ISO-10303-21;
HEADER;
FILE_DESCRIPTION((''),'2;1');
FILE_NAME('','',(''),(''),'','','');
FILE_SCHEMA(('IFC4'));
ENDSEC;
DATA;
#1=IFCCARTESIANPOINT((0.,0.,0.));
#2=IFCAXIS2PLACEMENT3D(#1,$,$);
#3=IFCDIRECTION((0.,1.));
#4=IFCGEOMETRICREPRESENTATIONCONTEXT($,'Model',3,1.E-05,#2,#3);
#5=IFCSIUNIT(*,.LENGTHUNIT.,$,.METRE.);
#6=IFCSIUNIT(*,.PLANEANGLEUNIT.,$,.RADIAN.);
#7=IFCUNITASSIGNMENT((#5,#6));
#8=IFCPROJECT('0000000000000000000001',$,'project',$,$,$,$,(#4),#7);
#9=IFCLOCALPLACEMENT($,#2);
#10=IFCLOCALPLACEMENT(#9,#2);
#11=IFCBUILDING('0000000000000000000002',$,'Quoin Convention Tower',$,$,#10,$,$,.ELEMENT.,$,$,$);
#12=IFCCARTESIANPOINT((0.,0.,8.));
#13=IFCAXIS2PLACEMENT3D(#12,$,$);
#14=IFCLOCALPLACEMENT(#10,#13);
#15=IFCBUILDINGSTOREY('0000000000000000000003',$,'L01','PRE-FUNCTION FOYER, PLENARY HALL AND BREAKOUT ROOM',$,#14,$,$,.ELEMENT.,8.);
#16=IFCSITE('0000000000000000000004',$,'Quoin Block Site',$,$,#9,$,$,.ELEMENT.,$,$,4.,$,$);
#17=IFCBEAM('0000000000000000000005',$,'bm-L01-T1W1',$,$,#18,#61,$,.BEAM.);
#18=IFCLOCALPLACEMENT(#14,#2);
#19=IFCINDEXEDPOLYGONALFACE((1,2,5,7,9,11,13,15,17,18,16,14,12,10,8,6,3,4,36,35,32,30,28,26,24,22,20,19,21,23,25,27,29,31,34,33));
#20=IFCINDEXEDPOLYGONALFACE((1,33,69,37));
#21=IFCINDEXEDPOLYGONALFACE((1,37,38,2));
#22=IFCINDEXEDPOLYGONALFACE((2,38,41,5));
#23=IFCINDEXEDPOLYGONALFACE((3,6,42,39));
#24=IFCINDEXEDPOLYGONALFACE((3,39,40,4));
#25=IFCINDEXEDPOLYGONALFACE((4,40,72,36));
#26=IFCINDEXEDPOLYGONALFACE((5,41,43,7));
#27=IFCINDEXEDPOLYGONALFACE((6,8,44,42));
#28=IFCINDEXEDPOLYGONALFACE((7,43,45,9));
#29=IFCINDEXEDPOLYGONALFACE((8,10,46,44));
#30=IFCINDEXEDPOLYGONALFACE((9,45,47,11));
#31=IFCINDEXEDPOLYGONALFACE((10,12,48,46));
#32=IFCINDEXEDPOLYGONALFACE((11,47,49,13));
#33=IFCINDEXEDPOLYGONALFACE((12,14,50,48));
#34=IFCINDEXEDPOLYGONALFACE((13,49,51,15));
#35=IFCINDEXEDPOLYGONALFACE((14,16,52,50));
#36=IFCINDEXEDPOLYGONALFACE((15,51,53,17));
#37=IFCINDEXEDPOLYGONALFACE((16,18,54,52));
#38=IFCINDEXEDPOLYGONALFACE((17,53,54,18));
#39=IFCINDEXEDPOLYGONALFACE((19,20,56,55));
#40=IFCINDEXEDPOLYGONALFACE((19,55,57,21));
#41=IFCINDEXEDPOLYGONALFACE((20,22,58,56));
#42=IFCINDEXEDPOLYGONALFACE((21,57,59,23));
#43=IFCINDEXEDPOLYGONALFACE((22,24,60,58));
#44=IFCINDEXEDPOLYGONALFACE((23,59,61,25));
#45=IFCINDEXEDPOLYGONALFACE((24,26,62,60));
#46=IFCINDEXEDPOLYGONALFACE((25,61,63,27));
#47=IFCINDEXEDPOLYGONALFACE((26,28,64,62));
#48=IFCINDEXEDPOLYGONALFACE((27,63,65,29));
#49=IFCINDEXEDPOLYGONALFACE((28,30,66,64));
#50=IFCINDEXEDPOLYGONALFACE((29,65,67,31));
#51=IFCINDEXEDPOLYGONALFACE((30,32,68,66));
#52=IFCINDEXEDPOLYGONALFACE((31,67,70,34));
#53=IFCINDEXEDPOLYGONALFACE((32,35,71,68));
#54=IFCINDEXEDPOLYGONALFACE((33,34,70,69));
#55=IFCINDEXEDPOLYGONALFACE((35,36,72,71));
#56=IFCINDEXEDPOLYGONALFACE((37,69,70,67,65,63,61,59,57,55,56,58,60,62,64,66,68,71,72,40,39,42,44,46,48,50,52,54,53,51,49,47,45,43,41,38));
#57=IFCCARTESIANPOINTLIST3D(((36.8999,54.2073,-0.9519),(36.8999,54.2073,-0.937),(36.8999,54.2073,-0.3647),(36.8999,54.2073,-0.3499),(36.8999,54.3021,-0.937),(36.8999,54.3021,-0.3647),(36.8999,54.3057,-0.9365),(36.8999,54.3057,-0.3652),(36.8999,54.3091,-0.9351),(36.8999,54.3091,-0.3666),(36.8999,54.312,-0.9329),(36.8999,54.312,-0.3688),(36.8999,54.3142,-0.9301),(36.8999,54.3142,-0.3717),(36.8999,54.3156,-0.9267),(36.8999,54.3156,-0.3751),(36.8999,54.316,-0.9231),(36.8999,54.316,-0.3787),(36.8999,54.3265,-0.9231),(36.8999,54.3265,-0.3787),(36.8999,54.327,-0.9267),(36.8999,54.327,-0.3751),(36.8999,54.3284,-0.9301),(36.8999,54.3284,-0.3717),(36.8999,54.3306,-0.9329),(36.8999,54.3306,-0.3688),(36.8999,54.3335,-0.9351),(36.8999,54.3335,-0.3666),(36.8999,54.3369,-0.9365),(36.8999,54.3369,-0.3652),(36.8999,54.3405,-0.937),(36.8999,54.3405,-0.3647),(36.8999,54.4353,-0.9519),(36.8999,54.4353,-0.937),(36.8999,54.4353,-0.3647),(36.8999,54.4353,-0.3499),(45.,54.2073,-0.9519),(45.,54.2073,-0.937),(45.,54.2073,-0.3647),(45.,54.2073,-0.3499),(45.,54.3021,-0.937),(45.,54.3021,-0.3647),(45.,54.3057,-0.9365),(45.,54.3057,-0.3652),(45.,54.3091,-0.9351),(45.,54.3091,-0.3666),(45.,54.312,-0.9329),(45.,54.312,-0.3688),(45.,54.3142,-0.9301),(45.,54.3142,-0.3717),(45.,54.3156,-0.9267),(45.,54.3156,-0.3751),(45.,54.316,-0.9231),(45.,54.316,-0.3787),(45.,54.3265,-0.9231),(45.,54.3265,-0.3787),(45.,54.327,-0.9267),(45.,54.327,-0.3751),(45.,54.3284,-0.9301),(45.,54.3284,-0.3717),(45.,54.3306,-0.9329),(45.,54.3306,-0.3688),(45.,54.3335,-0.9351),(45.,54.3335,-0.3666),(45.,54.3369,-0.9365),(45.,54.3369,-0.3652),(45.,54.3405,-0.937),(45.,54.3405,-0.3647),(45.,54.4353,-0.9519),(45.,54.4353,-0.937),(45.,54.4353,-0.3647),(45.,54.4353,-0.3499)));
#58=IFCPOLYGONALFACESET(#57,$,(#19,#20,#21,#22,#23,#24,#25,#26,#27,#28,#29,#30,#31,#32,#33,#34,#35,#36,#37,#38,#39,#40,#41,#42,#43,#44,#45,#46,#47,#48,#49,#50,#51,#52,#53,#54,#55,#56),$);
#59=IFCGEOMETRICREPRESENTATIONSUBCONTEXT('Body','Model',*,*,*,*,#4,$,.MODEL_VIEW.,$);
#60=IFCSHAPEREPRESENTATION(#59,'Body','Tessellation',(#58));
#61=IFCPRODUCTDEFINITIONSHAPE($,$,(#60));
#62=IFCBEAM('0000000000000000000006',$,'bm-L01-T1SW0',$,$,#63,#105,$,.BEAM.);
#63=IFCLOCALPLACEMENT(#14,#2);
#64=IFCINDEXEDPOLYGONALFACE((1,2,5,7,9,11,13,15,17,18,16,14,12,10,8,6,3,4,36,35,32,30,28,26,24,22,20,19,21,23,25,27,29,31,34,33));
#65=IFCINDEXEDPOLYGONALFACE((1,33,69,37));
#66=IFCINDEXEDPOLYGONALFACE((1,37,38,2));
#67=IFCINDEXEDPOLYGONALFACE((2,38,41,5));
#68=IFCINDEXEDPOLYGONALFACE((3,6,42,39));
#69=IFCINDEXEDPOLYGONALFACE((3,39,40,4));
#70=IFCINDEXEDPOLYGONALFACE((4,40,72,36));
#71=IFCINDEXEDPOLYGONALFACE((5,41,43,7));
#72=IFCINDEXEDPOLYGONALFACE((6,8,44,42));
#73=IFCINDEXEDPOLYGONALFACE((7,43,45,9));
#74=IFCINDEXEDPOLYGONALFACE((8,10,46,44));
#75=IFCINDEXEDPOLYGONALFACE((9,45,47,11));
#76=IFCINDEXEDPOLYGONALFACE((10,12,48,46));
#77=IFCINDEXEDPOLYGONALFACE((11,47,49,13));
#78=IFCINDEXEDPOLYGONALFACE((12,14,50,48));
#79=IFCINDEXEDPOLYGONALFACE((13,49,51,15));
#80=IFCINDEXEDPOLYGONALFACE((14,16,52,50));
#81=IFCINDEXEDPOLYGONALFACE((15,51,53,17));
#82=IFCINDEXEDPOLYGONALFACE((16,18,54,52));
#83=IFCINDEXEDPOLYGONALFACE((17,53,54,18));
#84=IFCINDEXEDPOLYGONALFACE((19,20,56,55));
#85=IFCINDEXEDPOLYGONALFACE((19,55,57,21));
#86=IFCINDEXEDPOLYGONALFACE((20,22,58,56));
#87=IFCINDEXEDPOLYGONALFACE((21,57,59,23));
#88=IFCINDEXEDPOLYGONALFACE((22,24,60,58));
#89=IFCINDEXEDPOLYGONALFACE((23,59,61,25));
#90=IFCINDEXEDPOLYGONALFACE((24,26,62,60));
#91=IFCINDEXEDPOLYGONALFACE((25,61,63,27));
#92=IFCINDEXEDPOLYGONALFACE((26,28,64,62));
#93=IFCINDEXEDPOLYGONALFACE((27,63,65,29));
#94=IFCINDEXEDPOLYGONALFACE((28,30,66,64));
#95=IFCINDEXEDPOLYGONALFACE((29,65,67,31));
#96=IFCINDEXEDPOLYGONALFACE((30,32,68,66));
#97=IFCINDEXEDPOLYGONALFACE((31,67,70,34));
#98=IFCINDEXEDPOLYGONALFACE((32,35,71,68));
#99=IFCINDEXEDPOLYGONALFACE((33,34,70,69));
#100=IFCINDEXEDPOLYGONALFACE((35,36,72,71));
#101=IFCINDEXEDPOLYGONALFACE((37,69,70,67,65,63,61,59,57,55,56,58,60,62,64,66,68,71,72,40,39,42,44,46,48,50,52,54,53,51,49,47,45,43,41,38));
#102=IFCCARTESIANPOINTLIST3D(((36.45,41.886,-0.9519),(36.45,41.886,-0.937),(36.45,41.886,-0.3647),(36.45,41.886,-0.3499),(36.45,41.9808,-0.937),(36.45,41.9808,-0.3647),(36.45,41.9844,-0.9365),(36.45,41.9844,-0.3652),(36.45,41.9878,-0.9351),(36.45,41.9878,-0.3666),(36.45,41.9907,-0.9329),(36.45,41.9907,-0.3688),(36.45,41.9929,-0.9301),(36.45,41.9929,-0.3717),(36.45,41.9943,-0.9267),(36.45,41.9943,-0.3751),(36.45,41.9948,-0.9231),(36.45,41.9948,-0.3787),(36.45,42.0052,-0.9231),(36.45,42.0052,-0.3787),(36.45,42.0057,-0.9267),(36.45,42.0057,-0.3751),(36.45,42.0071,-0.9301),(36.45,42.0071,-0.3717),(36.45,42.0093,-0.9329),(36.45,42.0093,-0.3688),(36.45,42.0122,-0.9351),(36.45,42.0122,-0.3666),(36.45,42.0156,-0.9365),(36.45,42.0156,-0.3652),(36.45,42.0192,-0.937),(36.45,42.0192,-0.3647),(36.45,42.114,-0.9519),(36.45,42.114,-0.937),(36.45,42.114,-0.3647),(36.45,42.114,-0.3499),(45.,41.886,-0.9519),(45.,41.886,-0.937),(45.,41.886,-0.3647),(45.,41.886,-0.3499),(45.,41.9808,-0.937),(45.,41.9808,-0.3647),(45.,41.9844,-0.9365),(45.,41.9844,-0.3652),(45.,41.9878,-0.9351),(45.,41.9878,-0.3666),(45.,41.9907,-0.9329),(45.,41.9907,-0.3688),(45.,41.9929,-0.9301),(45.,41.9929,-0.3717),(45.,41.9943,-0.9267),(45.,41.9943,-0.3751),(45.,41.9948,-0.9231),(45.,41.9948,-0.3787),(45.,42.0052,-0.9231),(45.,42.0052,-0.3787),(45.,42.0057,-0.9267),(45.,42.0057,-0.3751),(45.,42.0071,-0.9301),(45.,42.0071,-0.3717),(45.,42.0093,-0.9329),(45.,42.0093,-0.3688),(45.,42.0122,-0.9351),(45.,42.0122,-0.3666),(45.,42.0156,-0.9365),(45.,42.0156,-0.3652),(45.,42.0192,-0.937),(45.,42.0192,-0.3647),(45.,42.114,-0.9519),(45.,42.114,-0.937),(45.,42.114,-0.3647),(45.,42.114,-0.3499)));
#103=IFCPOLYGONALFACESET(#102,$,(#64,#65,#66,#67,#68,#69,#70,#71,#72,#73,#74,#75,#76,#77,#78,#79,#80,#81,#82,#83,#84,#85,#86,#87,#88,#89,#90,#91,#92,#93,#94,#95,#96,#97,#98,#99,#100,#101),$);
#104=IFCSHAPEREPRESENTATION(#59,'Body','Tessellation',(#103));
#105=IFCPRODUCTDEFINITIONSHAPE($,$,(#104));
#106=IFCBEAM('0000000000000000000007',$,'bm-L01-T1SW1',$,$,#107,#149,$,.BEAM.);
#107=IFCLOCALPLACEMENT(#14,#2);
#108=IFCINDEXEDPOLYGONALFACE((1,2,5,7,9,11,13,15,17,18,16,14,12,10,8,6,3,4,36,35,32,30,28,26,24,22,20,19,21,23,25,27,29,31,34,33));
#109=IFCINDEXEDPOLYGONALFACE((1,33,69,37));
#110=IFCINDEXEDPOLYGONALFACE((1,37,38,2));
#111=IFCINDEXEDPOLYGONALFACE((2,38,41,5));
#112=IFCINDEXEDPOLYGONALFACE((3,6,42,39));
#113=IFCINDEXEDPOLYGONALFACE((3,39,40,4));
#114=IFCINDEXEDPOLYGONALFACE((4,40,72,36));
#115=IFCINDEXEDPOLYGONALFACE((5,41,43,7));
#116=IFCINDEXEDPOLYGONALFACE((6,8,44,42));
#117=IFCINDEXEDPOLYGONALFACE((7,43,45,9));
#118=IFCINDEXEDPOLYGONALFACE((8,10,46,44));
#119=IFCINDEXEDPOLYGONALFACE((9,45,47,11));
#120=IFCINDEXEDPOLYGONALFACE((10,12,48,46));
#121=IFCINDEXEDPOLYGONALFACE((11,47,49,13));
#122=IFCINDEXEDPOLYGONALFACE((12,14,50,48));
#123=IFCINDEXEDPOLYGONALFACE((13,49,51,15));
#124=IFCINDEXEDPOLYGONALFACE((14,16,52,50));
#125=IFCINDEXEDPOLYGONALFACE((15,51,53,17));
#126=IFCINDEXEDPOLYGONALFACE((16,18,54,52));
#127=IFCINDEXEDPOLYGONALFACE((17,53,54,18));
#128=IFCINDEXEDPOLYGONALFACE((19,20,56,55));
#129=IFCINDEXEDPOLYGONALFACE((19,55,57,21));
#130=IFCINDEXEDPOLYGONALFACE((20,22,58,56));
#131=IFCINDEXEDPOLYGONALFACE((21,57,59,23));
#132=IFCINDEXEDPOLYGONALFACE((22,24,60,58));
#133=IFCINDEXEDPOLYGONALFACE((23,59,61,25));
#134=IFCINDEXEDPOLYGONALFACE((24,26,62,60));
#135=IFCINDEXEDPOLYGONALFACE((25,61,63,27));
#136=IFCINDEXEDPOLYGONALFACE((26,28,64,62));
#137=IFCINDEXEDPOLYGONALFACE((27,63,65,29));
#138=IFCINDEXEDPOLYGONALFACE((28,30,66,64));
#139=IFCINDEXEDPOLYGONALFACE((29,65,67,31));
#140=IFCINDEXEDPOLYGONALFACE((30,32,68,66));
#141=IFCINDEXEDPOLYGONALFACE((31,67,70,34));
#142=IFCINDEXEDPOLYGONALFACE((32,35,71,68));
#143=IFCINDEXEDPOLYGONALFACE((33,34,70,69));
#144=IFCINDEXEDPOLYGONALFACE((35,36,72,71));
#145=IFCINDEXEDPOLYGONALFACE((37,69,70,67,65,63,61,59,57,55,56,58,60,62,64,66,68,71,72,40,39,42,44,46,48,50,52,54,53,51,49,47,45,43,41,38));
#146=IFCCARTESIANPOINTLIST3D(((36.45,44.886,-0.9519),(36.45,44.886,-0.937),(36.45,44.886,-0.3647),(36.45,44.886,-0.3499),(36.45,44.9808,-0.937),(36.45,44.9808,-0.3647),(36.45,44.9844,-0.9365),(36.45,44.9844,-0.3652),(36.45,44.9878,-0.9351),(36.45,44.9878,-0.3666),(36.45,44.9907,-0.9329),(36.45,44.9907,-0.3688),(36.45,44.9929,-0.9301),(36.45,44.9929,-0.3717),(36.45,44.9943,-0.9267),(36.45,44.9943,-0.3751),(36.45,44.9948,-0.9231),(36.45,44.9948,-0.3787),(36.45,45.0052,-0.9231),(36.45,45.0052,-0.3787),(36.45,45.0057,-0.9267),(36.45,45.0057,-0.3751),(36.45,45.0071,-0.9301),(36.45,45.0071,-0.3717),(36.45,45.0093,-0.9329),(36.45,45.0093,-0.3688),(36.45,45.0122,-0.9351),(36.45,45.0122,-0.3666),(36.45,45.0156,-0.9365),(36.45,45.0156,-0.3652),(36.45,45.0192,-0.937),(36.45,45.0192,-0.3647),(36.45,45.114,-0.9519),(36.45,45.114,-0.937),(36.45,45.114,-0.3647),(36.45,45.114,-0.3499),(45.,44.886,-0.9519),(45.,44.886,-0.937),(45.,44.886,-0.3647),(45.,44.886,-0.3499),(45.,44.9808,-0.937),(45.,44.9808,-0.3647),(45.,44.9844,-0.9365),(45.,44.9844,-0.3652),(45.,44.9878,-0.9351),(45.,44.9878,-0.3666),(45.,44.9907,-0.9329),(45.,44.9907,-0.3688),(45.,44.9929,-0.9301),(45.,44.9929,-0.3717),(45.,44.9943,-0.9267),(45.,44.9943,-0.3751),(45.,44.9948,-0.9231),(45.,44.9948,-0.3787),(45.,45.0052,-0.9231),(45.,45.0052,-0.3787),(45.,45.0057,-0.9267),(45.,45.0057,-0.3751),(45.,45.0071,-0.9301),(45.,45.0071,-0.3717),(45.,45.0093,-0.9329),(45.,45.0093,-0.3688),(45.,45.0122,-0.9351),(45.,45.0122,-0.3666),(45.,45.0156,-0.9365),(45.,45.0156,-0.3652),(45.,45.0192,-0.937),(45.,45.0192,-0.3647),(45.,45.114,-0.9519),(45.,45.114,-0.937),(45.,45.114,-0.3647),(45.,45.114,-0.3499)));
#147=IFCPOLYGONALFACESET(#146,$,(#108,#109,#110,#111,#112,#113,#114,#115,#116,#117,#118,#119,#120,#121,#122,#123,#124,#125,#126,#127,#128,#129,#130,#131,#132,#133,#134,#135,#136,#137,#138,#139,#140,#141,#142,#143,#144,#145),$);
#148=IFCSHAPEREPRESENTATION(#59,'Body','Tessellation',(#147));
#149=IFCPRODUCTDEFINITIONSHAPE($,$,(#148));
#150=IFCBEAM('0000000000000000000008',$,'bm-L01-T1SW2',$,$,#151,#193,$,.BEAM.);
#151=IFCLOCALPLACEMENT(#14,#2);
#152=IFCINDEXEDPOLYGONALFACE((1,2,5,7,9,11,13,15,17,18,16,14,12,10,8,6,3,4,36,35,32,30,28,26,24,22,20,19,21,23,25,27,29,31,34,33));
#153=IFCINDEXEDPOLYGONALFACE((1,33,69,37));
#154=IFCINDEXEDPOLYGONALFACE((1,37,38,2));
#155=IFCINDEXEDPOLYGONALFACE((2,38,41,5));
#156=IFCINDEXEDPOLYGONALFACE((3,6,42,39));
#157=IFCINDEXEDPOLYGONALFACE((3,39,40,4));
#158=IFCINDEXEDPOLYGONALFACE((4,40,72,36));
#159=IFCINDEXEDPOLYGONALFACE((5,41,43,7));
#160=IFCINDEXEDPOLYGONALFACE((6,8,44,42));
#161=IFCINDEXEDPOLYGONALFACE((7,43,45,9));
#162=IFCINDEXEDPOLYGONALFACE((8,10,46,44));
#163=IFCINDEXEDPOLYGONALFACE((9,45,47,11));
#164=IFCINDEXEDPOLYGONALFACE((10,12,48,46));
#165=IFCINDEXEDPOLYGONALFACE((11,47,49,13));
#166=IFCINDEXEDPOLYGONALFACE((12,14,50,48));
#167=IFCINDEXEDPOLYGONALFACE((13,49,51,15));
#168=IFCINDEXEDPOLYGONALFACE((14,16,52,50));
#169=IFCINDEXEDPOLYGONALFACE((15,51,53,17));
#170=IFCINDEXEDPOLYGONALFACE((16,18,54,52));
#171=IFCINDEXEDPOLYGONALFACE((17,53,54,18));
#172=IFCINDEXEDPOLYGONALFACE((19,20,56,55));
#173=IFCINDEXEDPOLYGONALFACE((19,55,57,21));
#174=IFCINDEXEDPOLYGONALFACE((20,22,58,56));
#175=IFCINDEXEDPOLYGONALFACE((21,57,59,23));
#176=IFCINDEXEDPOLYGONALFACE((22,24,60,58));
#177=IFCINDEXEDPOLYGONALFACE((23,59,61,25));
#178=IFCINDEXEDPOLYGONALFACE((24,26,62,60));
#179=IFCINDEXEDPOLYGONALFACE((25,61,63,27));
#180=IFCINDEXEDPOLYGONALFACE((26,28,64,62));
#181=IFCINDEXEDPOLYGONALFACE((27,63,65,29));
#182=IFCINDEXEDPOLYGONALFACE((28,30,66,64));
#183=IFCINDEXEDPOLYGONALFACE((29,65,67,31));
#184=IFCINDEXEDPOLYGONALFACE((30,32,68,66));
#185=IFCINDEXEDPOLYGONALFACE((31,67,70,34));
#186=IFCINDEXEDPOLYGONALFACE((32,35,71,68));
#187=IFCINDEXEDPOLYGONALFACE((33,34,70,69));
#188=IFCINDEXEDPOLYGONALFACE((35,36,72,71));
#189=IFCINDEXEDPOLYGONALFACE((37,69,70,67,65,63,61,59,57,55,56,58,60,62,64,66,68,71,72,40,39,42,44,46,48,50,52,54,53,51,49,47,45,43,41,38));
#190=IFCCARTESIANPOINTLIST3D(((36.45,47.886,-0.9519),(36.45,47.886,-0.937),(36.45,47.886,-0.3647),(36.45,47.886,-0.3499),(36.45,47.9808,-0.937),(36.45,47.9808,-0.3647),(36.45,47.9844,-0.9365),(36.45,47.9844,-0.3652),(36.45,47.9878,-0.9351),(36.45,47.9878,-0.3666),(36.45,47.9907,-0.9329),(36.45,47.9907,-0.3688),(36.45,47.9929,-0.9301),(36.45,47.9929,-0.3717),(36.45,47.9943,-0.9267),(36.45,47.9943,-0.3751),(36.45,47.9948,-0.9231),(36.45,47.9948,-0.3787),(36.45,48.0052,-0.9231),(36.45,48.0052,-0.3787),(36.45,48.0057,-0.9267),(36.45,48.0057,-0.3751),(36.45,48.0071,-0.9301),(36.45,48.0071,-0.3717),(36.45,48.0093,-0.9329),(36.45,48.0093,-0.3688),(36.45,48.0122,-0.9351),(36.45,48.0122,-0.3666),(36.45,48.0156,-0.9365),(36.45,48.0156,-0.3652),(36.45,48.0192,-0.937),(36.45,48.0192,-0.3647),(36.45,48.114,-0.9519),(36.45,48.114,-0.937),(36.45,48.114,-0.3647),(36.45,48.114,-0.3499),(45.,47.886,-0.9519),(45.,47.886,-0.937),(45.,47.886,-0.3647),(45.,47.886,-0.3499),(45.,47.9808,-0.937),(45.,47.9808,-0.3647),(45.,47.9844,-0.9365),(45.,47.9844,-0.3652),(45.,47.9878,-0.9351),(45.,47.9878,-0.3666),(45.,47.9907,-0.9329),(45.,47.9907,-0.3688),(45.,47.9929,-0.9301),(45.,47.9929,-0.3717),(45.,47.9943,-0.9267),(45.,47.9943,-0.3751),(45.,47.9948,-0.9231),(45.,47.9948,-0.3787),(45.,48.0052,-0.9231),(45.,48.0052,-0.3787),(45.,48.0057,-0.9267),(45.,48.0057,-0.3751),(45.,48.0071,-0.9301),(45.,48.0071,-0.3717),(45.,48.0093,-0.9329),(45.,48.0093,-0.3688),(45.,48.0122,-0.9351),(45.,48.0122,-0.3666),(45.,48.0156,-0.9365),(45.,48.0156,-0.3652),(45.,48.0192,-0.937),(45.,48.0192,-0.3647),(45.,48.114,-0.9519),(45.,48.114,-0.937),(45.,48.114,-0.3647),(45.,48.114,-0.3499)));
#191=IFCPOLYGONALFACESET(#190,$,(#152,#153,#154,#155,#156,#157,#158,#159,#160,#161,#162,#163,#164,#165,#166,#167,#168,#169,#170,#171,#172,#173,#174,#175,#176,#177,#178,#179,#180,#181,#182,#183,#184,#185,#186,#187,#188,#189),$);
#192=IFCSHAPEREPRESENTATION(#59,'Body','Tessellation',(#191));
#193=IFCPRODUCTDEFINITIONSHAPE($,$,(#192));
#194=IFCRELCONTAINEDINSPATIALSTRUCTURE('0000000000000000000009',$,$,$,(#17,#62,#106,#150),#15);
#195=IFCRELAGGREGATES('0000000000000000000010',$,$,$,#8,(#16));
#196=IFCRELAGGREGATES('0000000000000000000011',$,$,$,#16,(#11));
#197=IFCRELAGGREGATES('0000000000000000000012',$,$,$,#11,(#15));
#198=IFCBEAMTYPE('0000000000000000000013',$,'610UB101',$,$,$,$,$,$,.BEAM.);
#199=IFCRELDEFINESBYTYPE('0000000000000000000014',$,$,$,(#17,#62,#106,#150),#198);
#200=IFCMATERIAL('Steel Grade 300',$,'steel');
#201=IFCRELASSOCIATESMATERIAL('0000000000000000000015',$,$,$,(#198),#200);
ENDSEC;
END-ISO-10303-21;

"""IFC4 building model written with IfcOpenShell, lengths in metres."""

from ifc_helpers import new_model, si_unit, direction, frame, origin, origin_2d, place, context, subcontext, project, spatial, i_section, extrude, material, material_profile, profile_set, type_object, element, save


model = new_model("IFC4")

# Units and contexts
model_context = context("Model", 3, precision=1e-05, world=origin(), true_north=direction((0.0, 1.0)))
body_context = subcontext(model_context, "Body", "Model", "MODEL_VIEW")
ifc_project = project(units=[si_unit("LENGTHUNIT", "METRE"), si_unit("PLANEANGLEUNIT", "RADIAN")], contexts=[model_context])

# Site, building, storey
site_placement = place(None, origin())
site = spatial("IfcSite", under=ifc_project, at=site_placement, Name="Quoin Block Site", CompositionType="ELEMENT", RefElevation=4.0)
building_placement = place(site_placement, origin())
building = spatial("IfcBuilding", under=site, at=building_placement, Name="Quoin Convention Tower", CompositionType="ELEMENT")
storey_placement = place(building_placement, frame((0.0, 0.0, 8.0)))
storey = spatial("IfcBuildingStorey", under=building, at=storey_placement, Name="L01", Description="PRE-FUNCTION FOYER, PLENARY HALL AND BREAKOUT ROOM", CompositionType="ELEMENT", Elevation=8.0)

# Beams
ifc_material_1 = material(Name="Steel Grade 300", Category="steel")
ifc_material_profile = material_profile(ifc_material_1, i_section(OverallWidth=0.228, OverallDepth=0.6021, WebThickness=0.0105, FlangeThickness=0.0149, FilletRadius=0.0139, at=origin_2d()), Name="610UB101")
ifc_profile_set = profile_set([ifc_material_profile], Name="Steel Grade 300")
beam_type = type_object("IfcBeamType", Name="610UB101", PredefinedType="BEAM", material=ifc_profile_set)
beam_placement = place(storey_placement, frame((36.8999, 54.3213, -0.6509), z_axis=(1.0, 0.0, 0.0), x_axis=(0.0, 1.0, 0.0)))
element("IfcBeam", 1, at=beam_placement, inside=storey, type_object=beam_type, Name="bm-L01-T1W1", PredefinedType="BEAM", context=body_context, shape_type="SweptSolid", body=[
    extrude(i_section(OverallWidth=0.228, OverallDepth=0.6021, WebThickness=0.0105, FlangeThickness=0.0149, FilletRadius=0.0139, at=origin_2d()), origin(), (0.0, 0.0, 1.0), 8.1001),
])
for number, where, z_axis, x_axis, name in (
    (2, (36.45, 42.0, -0.6509), (1.0, 0.0, 0.0), (0.0, 1.0, 0.0), "bm-L01-T1SW0"),
    (3, (36.45, 45.0, -0.6509), (1.0, 0.0, 0.0), (0.0, 1.0, 0.0), "bm-L01-T1SW1"),
    (4, (36.45, 48.0, -0.6509), (1.0, 0.0, 0.0), (0.0, 1.0, 0.0), "bm-L01-T1SW2"),
):
    element("IfcBeam", number, at=place(storey_placement, frame(where, z_axis=z_axis, x_axis=x_axis)), inside=storey, type_object=beam_type, Name=name, PredefinedType="BEAM", context=body_context, shape_type="SweptSolid", body=[
        extrude(i_section(OverallWidth=0.228, OverallDepth=0.6021, WebThickness=0.0105, FlangeThickness=0.0149, FilletRadius=0.0139, at=origin_2d()), origin(), (0.0, 0.0, 1.0), 8.55),
    ])

save(model, "model.ifc")
